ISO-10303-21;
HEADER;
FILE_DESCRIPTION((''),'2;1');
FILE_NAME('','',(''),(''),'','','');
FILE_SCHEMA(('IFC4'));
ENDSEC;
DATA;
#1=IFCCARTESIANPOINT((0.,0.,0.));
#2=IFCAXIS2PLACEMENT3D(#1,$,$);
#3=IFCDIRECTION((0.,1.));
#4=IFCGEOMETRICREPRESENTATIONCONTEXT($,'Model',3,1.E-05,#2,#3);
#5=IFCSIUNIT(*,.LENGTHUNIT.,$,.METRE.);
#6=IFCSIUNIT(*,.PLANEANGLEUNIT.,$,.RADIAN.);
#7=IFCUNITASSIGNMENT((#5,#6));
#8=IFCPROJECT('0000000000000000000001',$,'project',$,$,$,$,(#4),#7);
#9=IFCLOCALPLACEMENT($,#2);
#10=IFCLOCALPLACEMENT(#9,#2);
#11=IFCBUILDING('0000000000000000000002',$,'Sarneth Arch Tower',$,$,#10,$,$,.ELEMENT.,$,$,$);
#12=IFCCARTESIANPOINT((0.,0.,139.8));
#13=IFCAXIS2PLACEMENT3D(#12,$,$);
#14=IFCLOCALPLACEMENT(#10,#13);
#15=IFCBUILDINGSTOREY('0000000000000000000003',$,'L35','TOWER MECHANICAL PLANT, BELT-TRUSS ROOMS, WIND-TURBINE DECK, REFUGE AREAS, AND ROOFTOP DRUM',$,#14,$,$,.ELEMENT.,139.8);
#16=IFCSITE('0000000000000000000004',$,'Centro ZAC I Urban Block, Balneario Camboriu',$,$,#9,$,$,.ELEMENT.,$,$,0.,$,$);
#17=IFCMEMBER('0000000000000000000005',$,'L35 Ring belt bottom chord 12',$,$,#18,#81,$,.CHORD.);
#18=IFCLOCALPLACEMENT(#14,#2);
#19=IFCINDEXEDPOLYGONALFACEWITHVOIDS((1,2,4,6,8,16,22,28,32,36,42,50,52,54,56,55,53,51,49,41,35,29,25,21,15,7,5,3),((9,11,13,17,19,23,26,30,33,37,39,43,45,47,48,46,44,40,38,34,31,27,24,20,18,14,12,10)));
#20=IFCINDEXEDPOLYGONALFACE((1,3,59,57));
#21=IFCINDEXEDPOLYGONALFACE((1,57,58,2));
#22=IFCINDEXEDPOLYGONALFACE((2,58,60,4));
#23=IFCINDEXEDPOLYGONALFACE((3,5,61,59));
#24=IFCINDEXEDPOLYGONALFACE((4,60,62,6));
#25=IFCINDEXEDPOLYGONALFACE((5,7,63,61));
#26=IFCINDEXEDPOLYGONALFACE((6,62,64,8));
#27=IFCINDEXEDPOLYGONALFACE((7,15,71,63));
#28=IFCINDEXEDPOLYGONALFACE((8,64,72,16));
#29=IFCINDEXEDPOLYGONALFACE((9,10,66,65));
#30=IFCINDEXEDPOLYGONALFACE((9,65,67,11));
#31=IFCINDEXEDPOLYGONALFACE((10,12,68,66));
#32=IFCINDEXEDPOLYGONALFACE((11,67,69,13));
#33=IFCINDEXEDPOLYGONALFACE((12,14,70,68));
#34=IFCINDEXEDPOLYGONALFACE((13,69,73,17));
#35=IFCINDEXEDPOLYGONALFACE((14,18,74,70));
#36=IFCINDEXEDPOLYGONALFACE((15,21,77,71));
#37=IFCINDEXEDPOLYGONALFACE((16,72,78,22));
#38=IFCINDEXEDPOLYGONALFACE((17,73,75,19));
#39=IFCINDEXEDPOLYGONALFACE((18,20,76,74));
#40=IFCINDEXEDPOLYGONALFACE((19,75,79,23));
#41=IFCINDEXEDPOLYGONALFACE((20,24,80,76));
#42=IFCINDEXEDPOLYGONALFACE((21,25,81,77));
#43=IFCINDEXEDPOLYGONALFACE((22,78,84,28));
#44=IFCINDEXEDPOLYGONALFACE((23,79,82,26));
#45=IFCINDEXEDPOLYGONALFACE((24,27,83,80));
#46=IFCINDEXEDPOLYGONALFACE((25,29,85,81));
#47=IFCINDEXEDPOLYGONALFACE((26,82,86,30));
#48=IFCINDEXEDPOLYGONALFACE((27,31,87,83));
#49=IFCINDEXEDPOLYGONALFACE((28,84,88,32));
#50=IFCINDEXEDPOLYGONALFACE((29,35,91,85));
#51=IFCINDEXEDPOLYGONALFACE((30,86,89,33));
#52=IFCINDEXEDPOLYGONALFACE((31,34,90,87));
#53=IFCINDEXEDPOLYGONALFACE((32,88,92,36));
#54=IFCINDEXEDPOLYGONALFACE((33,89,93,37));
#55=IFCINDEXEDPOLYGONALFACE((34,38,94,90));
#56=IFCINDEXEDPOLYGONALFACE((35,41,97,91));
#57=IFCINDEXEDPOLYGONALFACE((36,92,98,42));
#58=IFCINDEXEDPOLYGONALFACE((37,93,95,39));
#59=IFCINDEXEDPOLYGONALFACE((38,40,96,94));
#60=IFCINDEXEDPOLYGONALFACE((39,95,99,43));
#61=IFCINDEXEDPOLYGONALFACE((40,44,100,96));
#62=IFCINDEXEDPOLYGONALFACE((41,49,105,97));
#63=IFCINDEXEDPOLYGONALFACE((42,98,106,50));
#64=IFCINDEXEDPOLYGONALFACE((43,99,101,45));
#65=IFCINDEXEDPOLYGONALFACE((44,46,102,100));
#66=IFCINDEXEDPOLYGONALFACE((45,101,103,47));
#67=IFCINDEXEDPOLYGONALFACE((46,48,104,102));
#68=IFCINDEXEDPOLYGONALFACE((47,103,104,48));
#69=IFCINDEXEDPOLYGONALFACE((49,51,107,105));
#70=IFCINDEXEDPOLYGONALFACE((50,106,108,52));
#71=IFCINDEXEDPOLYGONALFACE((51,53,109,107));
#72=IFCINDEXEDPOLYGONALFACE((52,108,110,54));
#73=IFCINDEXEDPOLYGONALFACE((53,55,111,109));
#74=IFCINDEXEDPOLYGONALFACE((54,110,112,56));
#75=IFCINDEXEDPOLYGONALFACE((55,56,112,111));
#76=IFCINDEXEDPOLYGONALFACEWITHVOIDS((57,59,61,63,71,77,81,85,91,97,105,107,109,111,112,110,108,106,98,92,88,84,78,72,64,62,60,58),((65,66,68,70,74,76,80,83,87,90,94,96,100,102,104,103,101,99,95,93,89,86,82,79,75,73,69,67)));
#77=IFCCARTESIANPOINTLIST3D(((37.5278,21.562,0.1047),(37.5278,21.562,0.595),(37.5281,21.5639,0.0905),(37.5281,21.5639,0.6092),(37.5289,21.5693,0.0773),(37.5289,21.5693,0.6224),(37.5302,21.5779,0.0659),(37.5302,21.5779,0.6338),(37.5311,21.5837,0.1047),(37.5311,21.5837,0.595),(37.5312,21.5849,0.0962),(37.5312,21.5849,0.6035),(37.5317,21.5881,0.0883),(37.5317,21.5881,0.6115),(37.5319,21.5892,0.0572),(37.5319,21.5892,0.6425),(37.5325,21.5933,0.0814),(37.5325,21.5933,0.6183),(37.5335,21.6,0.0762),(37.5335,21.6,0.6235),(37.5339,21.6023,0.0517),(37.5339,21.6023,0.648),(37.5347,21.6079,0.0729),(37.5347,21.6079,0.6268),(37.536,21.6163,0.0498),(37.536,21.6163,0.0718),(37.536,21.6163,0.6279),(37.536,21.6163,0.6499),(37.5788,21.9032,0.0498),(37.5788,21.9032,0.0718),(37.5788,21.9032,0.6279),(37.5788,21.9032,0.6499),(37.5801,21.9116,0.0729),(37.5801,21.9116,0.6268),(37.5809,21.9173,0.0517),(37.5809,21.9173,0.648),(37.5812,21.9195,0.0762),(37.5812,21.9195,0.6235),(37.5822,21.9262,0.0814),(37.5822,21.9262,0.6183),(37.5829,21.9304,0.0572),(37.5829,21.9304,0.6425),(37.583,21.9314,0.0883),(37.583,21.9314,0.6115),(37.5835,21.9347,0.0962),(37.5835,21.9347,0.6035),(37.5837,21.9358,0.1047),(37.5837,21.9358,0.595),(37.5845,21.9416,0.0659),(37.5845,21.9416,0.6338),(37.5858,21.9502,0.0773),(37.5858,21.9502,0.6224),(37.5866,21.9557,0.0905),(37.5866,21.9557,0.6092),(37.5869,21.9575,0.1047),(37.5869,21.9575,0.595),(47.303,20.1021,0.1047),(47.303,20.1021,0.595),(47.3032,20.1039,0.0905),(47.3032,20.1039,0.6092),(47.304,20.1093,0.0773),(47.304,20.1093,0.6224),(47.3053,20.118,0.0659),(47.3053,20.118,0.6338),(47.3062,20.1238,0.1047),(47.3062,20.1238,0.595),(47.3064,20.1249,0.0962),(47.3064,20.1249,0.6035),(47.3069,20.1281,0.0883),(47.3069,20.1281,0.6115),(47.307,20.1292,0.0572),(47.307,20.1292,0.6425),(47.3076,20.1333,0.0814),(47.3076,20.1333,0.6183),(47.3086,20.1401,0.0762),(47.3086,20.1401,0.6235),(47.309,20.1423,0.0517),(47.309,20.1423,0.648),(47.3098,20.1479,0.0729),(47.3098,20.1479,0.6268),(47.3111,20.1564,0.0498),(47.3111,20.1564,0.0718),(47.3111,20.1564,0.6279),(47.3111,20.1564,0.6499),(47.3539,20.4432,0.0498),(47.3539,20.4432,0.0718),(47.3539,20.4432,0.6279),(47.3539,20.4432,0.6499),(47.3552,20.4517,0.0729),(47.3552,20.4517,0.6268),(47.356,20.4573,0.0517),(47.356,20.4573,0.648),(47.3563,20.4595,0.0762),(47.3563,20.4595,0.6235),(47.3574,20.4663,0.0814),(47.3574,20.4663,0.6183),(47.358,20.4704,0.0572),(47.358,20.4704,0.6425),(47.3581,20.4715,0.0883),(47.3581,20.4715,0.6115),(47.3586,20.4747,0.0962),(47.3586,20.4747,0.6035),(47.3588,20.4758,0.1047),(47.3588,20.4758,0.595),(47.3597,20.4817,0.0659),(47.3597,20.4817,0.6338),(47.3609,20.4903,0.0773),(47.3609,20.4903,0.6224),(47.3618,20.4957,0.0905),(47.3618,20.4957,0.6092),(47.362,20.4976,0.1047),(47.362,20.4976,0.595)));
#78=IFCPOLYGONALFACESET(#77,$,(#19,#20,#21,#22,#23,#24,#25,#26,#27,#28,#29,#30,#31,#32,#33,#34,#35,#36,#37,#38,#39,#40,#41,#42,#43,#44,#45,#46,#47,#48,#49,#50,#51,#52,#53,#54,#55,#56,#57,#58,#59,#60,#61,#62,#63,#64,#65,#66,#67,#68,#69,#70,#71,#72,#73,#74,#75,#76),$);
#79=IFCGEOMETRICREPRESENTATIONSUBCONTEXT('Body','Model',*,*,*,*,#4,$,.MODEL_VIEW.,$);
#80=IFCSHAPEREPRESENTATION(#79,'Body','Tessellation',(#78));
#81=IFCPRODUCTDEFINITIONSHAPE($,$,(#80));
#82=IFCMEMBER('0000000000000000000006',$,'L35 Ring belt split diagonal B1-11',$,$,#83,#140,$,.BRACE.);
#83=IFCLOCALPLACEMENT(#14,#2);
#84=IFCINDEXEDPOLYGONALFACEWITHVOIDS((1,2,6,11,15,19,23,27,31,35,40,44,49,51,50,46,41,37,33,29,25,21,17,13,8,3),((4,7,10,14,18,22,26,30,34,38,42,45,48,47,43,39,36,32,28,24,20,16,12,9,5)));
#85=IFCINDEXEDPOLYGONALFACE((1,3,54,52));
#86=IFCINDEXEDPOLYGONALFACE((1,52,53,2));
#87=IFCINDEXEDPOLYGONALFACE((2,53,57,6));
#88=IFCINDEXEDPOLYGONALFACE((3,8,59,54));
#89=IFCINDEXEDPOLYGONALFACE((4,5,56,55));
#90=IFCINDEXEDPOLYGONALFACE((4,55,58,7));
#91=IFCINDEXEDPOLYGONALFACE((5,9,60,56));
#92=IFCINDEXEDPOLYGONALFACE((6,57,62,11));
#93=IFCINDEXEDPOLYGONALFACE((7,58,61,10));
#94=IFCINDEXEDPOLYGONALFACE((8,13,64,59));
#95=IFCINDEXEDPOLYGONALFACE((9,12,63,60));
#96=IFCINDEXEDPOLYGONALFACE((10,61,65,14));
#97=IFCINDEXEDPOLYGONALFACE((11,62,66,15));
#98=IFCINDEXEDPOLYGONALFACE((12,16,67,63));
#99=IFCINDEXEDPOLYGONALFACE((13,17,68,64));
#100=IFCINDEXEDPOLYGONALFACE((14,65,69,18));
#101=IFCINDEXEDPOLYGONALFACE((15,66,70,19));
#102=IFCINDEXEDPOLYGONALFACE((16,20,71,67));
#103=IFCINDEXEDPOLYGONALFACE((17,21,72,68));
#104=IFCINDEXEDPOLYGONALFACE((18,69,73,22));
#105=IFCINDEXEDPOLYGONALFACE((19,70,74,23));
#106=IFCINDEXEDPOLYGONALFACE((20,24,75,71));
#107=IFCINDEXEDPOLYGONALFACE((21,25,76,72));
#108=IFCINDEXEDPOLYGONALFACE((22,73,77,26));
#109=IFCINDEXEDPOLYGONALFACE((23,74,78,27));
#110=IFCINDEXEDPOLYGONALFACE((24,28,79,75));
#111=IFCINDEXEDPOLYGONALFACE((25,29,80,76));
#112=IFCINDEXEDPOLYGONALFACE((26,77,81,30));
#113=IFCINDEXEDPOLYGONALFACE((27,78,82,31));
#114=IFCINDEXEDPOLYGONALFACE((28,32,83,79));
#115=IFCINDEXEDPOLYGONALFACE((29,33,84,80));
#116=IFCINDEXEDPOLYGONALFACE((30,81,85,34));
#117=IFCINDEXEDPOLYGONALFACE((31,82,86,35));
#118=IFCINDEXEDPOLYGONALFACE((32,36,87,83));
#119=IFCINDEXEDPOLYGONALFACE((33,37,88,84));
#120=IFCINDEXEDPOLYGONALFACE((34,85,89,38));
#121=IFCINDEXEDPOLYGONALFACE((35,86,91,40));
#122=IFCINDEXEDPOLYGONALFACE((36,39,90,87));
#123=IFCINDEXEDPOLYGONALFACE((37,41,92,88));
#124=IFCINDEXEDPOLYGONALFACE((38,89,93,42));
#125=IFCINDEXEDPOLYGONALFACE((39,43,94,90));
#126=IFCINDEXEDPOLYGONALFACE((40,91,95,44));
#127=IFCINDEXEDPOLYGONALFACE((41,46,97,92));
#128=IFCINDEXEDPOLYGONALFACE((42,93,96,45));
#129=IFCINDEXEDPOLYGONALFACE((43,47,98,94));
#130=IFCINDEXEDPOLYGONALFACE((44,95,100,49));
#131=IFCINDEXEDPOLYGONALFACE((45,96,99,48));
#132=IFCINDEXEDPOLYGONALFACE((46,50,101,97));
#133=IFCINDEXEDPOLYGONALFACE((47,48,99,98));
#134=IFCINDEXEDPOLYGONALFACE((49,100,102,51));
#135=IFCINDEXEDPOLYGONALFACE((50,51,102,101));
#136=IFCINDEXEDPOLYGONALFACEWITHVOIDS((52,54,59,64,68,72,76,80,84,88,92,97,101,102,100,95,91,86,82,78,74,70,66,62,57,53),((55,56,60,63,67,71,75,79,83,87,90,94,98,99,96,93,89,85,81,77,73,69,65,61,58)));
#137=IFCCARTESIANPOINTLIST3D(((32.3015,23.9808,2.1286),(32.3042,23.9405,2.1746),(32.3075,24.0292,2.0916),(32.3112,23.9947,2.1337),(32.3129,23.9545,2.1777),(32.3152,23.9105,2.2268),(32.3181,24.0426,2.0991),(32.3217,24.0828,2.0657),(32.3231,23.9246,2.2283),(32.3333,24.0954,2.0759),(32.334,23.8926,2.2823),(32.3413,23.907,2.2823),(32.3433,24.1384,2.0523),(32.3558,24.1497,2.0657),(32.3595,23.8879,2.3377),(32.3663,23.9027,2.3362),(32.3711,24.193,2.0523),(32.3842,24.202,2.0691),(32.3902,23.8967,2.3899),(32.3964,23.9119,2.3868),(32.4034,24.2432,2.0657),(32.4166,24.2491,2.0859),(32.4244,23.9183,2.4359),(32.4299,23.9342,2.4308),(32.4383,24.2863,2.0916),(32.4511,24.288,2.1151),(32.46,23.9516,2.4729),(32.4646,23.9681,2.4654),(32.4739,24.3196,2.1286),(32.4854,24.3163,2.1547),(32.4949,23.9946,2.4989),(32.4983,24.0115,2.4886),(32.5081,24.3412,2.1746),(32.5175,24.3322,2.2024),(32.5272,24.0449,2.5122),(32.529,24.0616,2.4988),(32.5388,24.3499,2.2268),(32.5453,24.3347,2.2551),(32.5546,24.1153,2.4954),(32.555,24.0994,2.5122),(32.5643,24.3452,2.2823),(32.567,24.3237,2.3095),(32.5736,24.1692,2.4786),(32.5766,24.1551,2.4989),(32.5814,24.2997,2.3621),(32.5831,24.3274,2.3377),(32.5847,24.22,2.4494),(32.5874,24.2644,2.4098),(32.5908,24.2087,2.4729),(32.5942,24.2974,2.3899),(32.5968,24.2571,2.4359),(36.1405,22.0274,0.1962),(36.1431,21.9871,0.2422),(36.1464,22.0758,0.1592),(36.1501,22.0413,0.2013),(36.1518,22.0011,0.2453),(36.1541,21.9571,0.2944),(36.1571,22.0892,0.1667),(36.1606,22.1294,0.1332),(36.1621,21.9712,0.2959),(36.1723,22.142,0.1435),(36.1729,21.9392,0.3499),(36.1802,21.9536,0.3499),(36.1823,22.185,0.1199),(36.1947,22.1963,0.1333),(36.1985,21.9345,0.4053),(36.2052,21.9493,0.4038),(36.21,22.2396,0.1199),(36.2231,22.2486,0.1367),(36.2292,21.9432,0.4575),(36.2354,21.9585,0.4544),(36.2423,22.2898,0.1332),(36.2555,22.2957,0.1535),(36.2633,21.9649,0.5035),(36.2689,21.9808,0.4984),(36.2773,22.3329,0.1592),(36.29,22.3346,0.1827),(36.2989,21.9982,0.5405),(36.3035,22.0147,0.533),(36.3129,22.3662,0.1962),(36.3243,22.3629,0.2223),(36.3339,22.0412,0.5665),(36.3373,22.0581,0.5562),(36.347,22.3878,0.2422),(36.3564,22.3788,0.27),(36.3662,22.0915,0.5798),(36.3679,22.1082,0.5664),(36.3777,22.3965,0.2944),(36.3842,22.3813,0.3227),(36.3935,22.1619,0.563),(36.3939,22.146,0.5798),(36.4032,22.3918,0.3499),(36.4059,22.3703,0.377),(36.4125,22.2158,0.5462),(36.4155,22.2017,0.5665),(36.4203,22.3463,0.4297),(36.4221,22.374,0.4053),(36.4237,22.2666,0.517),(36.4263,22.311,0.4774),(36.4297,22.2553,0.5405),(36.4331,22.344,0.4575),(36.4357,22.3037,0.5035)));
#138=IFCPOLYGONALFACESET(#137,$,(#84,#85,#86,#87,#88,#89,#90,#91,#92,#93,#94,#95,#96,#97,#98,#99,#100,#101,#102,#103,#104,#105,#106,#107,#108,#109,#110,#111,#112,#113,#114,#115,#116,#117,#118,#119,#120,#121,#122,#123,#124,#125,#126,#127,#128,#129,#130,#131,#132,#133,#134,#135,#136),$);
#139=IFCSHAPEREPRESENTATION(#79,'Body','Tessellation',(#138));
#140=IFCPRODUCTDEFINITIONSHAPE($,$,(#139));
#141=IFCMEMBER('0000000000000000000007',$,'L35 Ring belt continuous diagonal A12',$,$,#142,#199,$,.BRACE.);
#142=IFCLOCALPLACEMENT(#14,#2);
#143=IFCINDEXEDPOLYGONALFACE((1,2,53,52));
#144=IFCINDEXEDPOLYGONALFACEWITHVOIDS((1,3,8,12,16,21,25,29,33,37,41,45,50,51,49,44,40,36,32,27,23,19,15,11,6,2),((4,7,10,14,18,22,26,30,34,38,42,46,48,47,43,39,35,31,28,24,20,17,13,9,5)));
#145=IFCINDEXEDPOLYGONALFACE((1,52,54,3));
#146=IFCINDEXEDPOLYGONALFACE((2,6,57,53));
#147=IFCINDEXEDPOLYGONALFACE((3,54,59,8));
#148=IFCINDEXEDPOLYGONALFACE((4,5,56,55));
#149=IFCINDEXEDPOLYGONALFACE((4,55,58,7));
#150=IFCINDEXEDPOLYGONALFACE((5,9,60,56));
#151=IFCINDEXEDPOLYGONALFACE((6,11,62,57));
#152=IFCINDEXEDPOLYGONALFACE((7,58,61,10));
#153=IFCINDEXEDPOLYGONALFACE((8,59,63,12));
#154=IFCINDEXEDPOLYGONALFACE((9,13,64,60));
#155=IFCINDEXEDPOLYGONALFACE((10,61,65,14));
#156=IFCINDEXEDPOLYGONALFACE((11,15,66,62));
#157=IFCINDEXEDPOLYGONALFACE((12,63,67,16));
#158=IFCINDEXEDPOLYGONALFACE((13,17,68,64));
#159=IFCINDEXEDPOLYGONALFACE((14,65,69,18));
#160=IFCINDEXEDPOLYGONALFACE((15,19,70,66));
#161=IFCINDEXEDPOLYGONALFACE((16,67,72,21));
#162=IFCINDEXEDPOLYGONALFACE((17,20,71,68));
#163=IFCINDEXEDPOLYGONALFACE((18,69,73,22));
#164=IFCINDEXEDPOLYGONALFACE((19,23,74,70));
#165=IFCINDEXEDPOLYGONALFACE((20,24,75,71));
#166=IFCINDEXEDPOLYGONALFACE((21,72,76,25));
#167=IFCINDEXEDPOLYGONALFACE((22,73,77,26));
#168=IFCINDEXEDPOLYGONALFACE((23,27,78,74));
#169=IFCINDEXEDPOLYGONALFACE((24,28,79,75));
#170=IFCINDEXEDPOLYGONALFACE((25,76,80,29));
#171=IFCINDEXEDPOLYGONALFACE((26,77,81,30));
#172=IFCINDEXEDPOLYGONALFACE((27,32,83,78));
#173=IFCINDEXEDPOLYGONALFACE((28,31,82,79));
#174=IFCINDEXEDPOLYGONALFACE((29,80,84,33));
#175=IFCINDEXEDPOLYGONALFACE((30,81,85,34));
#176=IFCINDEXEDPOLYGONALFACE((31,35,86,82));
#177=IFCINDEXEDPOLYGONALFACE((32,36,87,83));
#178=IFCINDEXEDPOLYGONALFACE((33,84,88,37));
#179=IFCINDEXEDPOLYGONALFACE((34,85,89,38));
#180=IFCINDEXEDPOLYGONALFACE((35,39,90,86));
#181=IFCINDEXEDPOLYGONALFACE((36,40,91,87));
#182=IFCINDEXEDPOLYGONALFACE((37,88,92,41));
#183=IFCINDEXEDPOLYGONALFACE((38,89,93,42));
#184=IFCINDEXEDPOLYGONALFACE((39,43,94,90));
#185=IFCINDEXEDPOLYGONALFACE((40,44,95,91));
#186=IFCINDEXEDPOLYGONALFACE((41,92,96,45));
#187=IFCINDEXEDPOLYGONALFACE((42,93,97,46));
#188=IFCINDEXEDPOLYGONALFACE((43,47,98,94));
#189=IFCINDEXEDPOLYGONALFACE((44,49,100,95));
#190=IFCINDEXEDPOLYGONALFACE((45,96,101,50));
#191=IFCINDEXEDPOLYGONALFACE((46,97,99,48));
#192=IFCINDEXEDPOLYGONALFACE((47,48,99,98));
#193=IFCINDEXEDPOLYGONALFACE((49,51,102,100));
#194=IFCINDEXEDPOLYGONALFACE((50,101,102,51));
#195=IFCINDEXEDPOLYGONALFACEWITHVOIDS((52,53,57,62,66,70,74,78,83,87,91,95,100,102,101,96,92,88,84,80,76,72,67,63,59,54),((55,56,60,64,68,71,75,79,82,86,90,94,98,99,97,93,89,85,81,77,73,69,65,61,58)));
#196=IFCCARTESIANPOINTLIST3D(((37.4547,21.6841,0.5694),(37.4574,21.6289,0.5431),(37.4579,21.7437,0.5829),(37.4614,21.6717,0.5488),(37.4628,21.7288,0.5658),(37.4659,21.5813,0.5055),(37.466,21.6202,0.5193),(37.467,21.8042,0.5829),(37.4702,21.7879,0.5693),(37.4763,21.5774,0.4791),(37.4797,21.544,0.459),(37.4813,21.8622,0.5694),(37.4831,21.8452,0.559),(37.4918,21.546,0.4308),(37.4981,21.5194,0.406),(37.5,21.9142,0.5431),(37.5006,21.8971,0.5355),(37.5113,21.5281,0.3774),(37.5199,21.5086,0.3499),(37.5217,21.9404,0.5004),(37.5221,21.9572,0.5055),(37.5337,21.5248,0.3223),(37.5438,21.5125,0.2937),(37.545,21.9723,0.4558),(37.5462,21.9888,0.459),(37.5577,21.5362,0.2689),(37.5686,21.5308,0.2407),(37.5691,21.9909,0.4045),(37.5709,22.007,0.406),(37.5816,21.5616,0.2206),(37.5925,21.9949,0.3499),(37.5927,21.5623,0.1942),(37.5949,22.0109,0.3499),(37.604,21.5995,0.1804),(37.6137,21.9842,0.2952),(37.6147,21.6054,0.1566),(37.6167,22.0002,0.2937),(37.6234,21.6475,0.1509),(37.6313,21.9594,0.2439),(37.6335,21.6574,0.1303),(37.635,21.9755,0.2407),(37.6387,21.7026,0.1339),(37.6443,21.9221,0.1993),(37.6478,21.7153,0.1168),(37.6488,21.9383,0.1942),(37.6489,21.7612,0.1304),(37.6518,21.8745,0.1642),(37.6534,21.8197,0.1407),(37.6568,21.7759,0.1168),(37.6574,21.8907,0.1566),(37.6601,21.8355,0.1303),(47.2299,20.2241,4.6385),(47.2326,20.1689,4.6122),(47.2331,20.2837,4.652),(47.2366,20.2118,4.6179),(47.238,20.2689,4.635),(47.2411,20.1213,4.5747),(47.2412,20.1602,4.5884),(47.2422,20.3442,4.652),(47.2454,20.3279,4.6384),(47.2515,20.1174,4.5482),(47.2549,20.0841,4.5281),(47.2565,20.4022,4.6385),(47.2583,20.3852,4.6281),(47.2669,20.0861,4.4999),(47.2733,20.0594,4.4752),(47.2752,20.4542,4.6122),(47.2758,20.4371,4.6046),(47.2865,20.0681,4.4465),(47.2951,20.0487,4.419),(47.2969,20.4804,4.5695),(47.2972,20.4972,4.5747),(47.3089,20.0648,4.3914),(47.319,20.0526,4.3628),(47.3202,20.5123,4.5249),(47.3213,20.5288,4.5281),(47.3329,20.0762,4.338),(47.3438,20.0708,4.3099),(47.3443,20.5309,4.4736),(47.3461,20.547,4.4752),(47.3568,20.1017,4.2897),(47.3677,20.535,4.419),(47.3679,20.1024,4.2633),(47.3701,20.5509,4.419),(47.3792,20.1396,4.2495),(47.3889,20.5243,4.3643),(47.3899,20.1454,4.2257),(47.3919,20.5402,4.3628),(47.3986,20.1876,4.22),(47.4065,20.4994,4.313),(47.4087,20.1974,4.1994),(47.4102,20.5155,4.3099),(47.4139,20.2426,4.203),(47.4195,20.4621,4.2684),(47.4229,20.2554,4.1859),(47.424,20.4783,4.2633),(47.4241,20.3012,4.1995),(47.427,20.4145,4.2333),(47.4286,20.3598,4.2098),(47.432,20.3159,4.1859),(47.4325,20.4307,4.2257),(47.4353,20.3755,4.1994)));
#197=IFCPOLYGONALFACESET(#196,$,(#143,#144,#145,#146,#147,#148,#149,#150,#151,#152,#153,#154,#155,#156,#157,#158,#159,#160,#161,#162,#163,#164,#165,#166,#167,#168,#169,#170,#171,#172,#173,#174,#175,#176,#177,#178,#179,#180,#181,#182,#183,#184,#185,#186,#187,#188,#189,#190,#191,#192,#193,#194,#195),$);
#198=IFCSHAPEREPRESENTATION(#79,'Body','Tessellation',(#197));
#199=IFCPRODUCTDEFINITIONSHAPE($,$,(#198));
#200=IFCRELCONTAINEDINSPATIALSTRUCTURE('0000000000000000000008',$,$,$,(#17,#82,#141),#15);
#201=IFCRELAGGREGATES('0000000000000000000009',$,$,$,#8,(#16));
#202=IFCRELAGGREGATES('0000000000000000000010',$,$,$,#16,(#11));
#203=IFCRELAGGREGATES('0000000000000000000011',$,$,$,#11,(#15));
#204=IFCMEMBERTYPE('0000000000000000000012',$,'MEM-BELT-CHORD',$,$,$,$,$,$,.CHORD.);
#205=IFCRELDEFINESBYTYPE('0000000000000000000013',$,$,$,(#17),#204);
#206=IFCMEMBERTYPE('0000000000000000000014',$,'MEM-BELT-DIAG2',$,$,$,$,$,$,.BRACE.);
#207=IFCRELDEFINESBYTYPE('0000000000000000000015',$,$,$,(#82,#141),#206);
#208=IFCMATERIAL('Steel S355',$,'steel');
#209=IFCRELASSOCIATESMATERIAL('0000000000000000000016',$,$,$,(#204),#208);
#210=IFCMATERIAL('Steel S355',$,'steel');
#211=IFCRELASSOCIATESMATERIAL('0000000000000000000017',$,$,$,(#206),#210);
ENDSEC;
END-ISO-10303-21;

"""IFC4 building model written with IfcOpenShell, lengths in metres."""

from ifc_helpers import new_model, si_unit, direction, frame, origin, origin_2d, place, context, subcontext, project, spatial, hollow_rectangle, hollow_circle, extrude, material, material_profile, profile_set, type_object, element, save


model = new_model("IFC4")

# Units and contexts
model_context = context("Model", 3, precision=1e-05, world=origin(), true_north=direction((0.0, 1.0)))
body_context = subcontext(model_context, "Body", "Model", "MODEL_VIEW")
ifc_project = project(units=[si_unit("LENGTHUNIT", "METRE"), si_unit("PLANEANGLEUNIT", "RADIAN")], contexts=[model_context])

# Site, building, storey
site_placement = place(None, origin())
site = spatial("IfcSite", under=ifc_project, at=site_placement, Name="Centro ZAC I Urban Block, Balneario Camboriu", CompositionType="ELEMENT", RefElevation=0.0)
building_placement = place(site_placement, origin())
building = spatial("IfcBuilding", under=site, at=building_placement, Name="Sarneth Arch Tower", CompositionType="ELEMENT")
storey_placement = place(building_placement, frame((0.0, 0.0, 139.8)))
storey = spatial("IfcBuildingStorey", under=building, at=storey_placement, Name="L35", Description="TOWER MECHANICAL PLANT, BELT-TRUSS ROOMS, WIND-TURBINE DECK, REFUGE AREAS, AND ROOFTOP DRUM", CompositionType="ELEMENT", Elevation=139.8)

# Members
ifc_material_1 = material(Name="Steel S355", Category="steel")
ifc_material_profile_1 = material_profile(ifc_material_1, hollow_rectangle(XDim=0.3999, YDim=0.6001, WallThickness=0.022, InnerFilletRadius=0.033, OuterFilletRadius=0.0549, at=origin_2d()), Name="RHS600x400x22")
ifc_profile_set_1 = profile_set([ifc_material_profile_1], Name="Steel S355")
member_type_1 = type_object("IfcMemberType", Name="MEM-BELT-CHORD", PredefinedType="CHORD", material=ifc_profile_set_1)
member_1_placement = place(storey_placement, frame((37.5574, 21.7598, 0.3499), z_axis=(0.98903, -0.147716, 0.0), x_axis=(0.147716, 0.98903, 0.0)))
element("IfcMember", 1, at=member_1_placement, inside=storey, type_object=member_type_1, Name="L35 Ring belt bottom chord 12", PredefinedType="CHORD", context=body_context, shape_type="SweptSolid", body=[
    extrude(hollow_rectangle(XDim=0.3999, YDim=0.6001, WallThickness=0.022, InnerFilletRadius=0.033, OuterFilletRadius=0.0549, at=origin_2d()), origin(), (0.0, 0.0, 1.0), 9.8835),
])
ifc_material_2 = material(Name="Steel S355", Category="steel")
ifc_material_profile_2 = material_profile(ifc_material_2, hollow_circle(Radius=0.2539, WallThickness=0.0161, at=origin_2d()), Name="CHS508x16")
ifc_profile_set_2 = profile_set([ifc_material_profile_2], Name="Steel S355")
member_type_2 = type_object("IfcMemberType", Name="MEM-BELT-DIAG2", PredefinedType="BRACE", material=ifc_profile_set_2)
member_2_placement = place(storey_placement, frame((36.2881, 22.1655, 0.3499), z_axis=(-0.813169, 0.413773, 0.409326), x_axis=(-0.453505, -0.891254, 0.0)))
element("IfcMember", 2, at=member_2_placement, inside=storey, type_object=member_type_2, Name="L35 Ring belt split diagonal B1-11", PredefinedType="BRACE", context=body_context, shape_type="SweptSolid", body=[
    extrude(hollow_circle(Radius=0.2539, WallThickness=0.0161, at=origin_2d()), origin(), (0.0, 0.0, 1.0), 4.7209),
])
member_3_placement = place(storey_placement, frame((37.5574, 21.7598, 0.3499), z_axis=(0.914554, -0.136593, 0.380701), x_axis=(0.147716, 0.98903, 0.0)))
element("IfcMember", 3, at=member_3_placement, inside=storey, type_object=member_type_2, Name="L35 Ring belt continuous diagonal A12", PredefinedType="BRACE", context=body_context, shape_type="SweptSolid", body=[
    extrude(hollow_circle(Radius=0.2539, WallThickness=0.0161, at=origin_2d()), origin(), (0.0, 0.0, 1.0), 10.6885),
])

save(model, "model.ifc")
